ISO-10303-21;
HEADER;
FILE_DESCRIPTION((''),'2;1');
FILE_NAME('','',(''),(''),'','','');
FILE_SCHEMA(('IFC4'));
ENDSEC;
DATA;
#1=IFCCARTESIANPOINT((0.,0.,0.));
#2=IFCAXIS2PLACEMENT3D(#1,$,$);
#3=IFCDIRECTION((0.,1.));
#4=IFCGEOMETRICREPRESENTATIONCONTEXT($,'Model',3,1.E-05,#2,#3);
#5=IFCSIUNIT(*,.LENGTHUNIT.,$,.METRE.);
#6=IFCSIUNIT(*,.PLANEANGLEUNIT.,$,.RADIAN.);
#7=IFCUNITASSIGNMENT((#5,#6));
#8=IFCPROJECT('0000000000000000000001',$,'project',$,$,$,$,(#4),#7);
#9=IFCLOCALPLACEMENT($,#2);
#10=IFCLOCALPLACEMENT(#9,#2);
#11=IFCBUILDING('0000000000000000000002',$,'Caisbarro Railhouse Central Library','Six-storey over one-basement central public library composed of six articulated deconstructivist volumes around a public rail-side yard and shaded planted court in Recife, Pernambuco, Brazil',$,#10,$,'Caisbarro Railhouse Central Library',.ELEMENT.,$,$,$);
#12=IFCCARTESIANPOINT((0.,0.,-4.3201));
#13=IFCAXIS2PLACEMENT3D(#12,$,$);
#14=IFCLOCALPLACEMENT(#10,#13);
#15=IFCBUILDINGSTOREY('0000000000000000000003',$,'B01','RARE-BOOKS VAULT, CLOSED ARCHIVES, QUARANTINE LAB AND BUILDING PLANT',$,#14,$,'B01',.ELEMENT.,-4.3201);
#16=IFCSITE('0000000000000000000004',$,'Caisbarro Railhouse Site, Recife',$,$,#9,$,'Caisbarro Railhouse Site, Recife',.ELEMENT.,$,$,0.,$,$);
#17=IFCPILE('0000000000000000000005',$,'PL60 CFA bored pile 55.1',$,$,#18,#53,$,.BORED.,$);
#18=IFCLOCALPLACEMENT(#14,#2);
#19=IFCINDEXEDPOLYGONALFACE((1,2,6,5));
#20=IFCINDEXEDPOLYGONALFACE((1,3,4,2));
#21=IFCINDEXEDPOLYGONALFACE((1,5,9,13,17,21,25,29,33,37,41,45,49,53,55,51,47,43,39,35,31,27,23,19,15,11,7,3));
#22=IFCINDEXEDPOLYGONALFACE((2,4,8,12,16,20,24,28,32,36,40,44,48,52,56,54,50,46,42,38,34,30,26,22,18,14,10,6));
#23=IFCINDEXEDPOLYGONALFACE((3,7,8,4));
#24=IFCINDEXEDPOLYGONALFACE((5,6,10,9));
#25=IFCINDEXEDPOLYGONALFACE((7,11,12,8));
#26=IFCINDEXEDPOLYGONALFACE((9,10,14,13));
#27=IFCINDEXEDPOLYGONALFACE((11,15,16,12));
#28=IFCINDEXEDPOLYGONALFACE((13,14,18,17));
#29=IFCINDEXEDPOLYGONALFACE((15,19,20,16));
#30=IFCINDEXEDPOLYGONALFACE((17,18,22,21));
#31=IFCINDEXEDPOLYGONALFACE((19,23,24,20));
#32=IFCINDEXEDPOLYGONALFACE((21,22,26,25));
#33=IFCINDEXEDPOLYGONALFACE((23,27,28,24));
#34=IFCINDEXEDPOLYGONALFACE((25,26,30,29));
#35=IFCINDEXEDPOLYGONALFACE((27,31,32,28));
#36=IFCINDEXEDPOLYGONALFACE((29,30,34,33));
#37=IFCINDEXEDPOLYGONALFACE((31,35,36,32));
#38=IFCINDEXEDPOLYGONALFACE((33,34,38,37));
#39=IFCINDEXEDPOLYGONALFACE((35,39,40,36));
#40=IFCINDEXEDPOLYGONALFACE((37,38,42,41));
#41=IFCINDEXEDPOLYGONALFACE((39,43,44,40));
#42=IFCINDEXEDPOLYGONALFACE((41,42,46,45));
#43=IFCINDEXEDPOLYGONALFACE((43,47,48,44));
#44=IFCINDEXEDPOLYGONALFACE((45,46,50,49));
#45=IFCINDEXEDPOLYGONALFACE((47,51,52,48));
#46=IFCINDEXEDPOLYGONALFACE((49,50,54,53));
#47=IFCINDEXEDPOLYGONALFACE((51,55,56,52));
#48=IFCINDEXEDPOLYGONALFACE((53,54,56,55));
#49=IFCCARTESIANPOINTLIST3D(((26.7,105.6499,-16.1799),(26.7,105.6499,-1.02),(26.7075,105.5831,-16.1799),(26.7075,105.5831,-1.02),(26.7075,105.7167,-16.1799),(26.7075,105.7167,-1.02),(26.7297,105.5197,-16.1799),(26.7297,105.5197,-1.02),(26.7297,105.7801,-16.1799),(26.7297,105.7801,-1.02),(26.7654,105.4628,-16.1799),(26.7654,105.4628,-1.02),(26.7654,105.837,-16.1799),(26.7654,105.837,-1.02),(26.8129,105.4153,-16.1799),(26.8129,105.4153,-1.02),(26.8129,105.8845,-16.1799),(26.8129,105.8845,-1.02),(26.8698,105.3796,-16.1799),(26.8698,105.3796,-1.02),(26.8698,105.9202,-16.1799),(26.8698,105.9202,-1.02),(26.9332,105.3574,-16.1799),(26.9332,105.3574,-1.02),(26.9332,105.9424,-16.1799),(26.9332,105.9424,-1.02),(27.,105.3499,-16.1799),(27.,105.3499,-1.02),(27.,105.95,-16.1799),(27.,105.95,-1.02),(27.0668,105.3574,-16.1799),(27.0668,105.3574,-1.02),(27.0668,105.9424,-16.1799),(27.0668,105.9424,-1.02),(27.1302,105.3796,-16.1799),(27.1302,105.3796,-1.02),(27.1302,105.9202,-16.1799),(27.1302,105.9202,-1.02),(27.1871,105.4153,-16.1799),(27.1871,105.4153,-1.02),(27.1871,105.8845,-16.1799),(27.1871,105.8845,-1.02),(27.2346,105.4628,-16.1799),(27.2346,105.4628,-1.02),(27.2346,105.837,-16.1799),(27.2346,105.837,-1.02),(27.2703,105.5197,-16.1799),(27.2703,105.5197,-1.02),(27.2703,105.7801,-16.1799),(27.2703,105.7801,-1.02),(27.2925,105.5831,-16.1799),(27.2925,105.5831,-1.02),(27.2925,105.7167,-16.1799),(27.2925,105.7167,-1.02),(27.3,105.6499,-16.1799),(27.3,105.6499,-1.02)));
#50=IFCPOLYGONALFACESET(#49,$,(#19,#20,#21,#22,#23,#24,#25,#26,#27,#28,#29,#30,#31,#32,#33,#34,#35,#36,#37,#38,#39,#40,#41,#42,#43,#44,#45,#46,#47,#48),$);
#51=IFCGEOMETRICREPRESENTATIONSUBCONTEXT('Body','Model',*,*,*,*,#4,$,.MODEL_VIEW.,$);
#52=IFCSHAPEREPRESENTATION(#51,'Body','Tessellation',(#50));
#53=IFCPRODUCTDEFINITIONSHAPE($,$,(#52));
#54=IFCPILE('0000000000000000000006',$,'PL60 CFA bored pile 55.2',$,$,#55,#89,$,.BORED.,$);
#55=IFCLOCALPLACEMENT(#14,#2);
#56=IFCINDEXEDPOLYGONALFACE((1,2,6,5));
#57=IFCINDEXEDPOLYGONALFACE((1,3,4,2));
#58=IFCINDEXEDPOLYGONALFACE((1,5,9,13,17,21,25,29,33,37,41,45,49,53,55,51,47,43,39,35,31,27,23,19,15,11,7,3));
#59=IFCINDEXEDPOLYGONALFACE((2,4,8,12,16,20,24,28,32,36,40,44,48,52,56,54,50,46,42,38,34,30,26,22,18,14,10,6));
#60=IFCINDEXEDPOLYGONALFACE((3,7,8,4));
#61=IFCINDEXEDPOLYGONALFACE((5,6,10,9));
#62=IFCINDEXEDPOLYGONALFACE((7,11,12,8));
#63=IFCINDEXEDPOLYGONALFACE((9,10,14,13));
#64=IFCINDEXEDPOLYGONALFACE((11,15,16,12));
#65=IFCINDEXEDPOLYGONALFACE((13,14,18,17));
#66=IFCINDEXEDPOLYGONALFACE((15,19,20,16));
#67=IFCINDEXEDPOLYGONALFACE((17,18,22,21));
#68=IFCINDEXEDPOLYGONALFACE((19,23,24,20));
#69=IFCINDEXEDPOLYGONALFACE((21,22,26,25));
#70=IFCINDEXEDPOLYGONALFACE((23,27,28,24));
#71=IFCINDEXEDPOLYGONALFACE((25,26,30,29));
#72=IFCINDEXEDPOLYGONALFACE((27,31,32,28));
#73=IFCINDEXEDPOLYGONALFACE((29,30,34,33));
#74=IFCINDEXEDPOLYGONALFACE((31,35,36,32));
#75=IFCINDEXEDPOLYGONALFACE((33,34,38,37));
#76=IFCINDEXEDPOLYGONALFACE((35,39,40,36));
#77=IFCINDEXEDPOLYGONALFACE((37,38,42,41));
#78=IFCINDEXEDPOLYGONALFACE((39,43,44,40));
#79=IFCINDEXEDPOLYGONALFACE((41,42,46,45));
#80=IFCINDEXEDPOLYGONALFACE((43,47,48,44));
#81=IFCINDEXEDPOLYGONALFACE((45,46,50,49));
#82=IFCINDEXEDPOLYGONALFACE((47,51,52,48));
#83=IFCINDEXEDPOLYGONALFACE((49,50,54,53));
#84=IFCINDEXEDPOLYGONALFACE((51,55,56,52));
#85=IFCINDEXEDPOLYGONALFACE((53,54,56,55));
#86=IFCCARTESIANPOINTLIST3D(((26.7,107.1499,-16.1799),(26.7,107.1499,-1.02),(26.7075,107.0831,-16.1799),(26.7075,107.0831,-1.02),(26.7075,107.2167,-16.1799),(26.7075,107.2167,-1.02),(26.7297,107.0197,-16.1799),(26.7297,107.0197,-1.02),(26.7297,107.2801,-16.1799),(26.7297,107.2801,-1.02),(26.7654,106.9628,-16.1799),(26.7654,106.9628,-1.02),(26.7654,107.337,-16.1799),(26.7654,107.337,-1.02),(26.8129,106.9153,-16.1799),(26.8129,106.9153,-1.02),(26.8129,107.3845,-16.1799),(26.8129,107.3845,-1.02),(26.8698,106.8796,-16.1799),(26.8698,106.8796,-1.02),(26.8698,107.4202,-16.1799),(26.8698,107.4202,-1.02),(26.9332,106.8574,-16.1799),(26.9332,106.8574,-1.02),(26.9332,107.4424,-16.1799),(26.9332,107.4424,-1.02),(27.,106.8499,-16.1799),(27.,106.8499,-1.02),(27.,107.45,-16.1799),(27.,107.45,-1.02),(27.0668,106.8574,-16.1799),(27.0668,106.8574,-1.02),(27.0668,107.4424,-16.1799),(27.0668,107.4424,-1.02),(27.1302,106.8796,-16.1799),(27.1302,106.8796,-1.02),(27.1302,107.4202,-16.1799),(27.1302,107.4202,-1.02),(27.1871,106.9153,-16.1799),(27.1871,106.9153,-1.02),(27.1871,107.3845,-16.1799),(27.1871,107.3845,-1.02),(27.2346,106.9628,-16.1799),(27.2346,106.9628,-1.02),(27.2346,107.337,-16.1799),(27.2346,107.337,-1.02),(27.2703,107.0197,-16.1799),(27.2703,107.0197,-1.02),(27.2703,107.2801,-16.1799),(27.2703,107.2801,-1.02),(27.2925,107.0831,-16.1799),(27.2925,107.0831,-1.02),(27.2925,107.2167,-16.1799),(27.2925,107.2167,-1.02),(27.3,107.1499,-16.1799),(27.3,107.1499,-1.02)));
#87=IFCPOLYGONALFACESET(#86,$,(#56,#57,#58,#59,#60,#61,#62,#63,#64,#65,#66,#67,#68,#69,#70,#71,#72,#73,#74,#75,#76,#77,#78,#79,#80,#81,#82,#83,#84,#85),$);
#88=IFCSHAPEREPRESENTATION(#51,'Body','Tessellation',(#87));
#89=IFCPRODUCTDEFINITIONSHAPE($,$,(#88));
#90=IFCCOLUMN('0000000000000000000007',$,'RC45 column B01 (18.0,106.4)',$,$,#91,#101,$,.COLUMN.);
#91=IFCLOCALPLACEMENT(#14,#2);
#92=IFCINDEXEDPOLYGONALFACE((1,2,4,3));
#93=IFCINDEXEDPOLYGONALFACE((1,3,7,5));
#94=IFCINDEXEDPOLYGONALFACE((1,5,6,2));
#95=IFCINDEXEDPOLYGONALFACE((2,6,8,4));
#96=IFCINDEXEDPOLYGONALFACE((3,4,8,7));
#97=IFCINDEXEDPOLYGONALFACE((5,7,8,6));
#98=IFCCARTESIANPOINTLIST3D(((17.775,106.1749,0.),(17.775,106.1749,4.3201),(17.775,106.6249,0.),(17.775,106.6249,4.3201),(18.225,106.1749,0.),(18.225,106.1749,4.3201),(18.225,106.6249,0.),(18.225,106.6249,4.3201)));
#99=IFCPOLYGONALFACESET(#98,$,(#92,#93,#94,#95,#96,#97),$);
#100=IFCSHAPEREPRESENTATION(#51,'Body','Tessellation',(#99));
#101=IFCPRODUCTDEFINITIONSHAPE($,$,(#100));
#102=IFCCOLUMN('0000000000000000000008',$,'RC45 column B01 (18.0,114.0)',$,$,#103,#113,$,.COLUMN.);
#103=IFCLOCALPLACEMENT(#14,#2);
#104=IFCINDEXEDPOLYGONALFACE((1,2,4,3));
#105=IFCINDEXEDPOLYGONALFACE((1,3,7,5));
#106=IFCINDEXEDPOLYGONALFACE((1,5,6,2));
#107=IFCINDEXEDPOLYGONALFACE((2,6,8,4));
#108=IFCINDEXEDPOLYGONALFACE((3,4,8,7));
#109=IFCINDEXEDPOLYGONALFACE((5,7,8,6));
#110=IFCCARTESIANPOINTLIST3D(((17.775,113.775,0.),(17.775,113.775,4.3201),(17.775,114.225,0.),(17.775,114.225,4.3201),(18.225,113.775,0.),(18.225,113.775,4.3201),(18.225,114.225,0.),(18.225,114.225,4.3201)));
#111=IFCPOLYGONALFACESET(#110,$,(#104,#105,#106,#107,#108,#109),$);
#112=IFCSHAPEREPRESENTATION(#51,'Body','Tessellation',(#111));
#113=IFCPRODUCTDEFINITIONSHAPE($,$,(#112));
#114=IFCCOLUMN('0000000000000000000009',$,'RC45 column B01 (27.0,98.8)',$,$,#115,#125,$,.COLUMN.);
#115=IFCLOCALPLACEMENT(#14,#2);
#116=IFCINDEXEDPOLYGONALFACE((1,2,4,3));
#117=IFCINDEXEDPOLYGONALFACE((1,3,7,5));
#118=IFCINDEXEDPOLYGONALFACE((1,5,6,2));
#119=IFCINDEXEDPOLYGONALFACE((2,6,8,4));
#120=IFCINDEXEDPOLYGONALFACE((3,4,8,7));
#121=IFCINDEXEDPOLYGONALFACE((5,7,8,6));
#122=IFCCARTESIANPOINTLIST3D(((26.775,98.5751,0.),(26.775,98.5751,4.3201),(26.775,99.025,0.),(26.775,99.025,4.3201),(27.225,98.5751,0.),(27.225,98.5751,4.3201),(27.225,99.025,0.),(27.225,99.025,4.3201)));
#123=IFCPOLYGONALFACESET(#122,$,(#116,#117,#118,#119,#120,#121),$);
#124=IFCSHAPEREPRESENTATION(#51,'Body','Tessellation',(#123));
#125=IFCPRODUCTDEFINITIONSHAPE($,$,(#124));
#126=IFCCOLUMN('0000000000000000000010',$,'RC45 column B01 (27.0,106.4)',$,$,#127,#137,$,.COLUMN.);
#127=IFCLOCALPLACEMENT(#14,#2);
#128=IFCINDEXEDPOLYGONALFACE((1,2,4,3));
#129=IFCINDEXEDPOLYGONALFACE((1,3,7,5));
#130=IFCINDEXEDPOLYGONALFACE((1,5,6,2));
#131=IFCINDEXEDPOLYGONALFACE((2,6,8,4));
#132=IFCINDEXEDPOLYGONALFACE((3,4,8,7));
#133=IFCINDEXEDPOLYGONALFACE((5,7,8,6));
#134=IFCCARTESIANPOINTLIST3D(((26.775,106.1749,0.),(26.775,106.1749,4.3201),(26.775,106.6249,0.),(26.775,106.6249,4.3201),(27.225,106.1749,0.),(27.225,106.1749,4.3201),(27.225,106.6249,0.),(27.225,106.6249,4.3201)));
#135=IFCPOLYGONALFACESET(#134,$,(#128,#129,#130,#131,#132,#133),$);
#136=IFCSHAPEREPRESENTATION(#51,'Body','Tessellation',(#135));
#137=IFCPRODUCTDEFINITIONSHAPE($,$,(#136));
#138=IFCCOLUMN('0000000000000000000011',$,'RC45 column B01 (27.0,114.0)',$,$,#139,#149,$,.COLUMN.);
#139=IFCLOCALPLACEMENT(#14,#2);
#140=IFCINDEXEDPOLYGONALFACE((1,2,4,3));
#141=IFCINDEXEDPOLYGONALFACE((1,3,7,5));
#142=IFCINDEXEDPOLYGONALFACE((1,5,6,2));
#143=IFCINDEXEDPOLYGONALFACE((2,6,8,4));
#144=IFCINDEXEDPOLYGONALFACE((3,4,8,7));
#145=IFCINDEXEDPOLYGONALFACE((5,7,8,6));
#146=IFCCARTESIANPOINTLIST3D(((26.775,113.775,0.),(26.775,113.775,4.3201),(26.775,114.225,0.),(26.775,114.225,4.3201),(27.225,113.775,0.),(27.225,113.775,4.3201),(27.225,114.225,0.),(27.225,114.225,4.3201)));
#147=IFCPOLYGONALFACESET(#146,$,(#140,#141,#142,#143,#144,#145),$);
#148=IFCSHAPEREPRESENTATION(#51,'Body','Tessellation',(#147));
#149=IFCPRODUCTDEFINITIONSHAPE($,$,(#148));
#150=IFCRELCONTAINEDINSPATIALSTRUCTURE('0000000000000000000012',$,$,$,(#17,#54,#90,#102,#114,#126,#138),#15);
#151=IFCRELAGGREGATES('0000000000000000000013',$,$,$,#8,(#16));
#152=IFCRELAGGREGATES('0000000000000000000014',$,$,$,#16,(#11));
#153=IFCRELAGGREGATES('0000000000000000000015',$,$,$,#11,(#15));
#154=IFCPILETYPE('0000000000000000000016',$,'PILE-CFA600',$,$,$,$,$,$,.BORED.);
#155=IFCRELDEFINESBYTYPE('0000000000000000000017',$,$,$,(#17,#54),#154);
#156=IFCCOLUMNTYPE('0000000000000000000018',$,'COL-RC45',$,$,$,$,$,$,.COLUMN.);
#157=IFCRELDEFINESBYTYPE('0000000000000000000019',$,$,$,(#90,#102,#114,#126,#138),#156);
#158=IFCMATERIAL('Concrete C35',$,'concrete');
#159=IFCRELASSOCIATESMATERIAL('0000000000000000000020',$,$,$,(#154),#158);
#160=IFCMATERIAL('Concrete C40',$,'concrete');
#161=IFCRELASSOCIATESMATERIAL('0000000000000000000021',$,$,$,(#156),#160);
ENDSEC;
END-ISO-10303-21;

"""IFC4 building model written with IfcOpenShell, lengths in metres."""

from ifc_helpers import new_model, si_unit, direction, frame, origin, origin_2d, place, context, subcontext, project, spatial, rectangle, circle, extrude, material, material_profile, profile_set, type_object, element, save


model = new_model("IFC4")

# Units and contexts
model_context = context("Model", 3, precision=1e-05, world=origin(), true_north=direction((0.0, 1.0)))
body_context = subcontext(model_context, "Body", "Model", "MODEL_VIEW")
ifc_project = project(units=[si_unit("LENGTHUNIT", "METRE"), si_unit("PLANEANGLEUNIT", "RADIAN")], contexts=[model_context])

# Site, building, storey
site_placement = place(None, origin())
site = spatial("IfcSite", under=ifc_project, at=site_placement, Name="Caisbarro Railhouse Site, Recife", LongName="Caisbarro Railhouse Site, Recife", CompositionType="ELEMENT", RefElevation=0.0)
building_placement = place(site_placement, origin())
building = spatial("IfcBuilding", under=site, at=building_placement, Name="Caisbarro Railhouse Central Library", Description="Six-storey over one-basement central public library composed of six articulated deconstructivist volumes around a public rail-side yard and shaded planted court in Recife, Pernambuco, Brazil", LongName="Caisbarro Railhouse Central Library", CompositionType="ELEMENT")
storey_placement = place(building_placement, frame((0.0, 0.0, -4.3201)))
storey = spatial("IfcBuildingStorey", under=building, at=storey_placement, Name="B01", Description="RARE-BOOKS VAULT, CLOSED ARCHIVES, QUARANTINE LAB AND BUILDING PLANT", LongName="B01", CompositionType="ELEMENT", Elevation=-4.3201)

# Shared definitions
ifc_material_1 = material(Name="Concrete C35", Category="concrete")
ifc_material_2 = material(Name="Concrete C40", Category="concrete")

# Piles
ifc_material_profile_1 = material_profile(ifc_material_1, circle(Radius=0.3, at=origin_2d()), Name="PILE-CFA-600")
ifc_profile_set_1 = profile_set([ifc_material_profile_1], Name="Concrete C35")
pile_type_1 = type_object("IfcPileType", Name="PILE-CFA600", PredefinedType="BORED", material=ifc_profile_set_1)
for number, where, z_axis, x_axis, name in (
    (1, (27.0, 105.6499, -1.02), (0.0, 0.0, -1.0), (1.0, 0.0, 0.0), "PL60 CFA bored pile 55.1"),
    (2, (27.0, 107.1499, -1.02), (0.0, 0.0, -1.0), (1.0, 0.0, 0.0), "PL60 CFA bored pile 55.2"),
):
    element("IfcPile", number, at=place(storey_placement, frame(where, z_axis=z_axis, x_axis=x_axis)), inside=storey, type_object=pile_type_1, Name=name, PredefinedType="BORED", context=body_context, shape_type="SweptSolid", body=[
        extrude(circle(Radius=0.3, at=origin_2d()), origin(), (0.0, 0.0, 1.0), 15.1599),
    ])

# Columns
ifc_material_profile_2 = material_profile(ifc_material_2, rectangle(XDim=0.45, YDim=0.45, at=origin_2d()), Name="RC-COL-450X450")
ifc_profile_set_2 = profile_set([ifc_material_profile_2], Name="Concrete C40")
column_type = type_object("IfcColumnType", Name="COL-RC45", PredefinedType="COLUMN", material=ifc_profile_set_2)
for number, where, z_axis, x_axis, name in (
    (3, (18.0, 106.3999, 0.0), (0.0, 0.0, 1.0), (1.0, 0.0, 0.0), "RC45 column B01 (18.0,106.4)"),
    (4, (18.0, 114.0, 0.0), (0.0, 0.0, 1.0), (1.0, 0.0, 0.0), "RC45 column B01 (18.0,114.0)"),
    (5, (27.0, 98.8, 0.0), (0.0, 0.0, 1.0), (1.0, 0.0, 0.0), "RC45 column B01 (27.0,98.8)"),
    (6, (27.0, 106.3999, 0.0), (0.0, 0.0, 1.0), (1.0, 0.0, 0.0), "RC45 column B01 (27.0,106.4)"),
    (7, (27.0, 114.0, 0.0), (0.0, 0.0, 1.0), (1.0, 0.0, 0.0), "RC45 column B01 (27.0,114.0)"),
):
    element("IfcColumn", number, at=place(storey_placement, frame(where, z_axis=z_axis, x_axis=x_axis)), inside=storey, type_object=column_type, Name=name, PredefinedType="COLUMN", context=body_context, shape_type="SweptSolid", body=[
        extrude(rectangle(XDim=0.45, YDim=0.45, at=origin_2d()), origin(), (0.0, 0.0, 1.0), 4.3201),
    ])

save(model, "model.ifc")
